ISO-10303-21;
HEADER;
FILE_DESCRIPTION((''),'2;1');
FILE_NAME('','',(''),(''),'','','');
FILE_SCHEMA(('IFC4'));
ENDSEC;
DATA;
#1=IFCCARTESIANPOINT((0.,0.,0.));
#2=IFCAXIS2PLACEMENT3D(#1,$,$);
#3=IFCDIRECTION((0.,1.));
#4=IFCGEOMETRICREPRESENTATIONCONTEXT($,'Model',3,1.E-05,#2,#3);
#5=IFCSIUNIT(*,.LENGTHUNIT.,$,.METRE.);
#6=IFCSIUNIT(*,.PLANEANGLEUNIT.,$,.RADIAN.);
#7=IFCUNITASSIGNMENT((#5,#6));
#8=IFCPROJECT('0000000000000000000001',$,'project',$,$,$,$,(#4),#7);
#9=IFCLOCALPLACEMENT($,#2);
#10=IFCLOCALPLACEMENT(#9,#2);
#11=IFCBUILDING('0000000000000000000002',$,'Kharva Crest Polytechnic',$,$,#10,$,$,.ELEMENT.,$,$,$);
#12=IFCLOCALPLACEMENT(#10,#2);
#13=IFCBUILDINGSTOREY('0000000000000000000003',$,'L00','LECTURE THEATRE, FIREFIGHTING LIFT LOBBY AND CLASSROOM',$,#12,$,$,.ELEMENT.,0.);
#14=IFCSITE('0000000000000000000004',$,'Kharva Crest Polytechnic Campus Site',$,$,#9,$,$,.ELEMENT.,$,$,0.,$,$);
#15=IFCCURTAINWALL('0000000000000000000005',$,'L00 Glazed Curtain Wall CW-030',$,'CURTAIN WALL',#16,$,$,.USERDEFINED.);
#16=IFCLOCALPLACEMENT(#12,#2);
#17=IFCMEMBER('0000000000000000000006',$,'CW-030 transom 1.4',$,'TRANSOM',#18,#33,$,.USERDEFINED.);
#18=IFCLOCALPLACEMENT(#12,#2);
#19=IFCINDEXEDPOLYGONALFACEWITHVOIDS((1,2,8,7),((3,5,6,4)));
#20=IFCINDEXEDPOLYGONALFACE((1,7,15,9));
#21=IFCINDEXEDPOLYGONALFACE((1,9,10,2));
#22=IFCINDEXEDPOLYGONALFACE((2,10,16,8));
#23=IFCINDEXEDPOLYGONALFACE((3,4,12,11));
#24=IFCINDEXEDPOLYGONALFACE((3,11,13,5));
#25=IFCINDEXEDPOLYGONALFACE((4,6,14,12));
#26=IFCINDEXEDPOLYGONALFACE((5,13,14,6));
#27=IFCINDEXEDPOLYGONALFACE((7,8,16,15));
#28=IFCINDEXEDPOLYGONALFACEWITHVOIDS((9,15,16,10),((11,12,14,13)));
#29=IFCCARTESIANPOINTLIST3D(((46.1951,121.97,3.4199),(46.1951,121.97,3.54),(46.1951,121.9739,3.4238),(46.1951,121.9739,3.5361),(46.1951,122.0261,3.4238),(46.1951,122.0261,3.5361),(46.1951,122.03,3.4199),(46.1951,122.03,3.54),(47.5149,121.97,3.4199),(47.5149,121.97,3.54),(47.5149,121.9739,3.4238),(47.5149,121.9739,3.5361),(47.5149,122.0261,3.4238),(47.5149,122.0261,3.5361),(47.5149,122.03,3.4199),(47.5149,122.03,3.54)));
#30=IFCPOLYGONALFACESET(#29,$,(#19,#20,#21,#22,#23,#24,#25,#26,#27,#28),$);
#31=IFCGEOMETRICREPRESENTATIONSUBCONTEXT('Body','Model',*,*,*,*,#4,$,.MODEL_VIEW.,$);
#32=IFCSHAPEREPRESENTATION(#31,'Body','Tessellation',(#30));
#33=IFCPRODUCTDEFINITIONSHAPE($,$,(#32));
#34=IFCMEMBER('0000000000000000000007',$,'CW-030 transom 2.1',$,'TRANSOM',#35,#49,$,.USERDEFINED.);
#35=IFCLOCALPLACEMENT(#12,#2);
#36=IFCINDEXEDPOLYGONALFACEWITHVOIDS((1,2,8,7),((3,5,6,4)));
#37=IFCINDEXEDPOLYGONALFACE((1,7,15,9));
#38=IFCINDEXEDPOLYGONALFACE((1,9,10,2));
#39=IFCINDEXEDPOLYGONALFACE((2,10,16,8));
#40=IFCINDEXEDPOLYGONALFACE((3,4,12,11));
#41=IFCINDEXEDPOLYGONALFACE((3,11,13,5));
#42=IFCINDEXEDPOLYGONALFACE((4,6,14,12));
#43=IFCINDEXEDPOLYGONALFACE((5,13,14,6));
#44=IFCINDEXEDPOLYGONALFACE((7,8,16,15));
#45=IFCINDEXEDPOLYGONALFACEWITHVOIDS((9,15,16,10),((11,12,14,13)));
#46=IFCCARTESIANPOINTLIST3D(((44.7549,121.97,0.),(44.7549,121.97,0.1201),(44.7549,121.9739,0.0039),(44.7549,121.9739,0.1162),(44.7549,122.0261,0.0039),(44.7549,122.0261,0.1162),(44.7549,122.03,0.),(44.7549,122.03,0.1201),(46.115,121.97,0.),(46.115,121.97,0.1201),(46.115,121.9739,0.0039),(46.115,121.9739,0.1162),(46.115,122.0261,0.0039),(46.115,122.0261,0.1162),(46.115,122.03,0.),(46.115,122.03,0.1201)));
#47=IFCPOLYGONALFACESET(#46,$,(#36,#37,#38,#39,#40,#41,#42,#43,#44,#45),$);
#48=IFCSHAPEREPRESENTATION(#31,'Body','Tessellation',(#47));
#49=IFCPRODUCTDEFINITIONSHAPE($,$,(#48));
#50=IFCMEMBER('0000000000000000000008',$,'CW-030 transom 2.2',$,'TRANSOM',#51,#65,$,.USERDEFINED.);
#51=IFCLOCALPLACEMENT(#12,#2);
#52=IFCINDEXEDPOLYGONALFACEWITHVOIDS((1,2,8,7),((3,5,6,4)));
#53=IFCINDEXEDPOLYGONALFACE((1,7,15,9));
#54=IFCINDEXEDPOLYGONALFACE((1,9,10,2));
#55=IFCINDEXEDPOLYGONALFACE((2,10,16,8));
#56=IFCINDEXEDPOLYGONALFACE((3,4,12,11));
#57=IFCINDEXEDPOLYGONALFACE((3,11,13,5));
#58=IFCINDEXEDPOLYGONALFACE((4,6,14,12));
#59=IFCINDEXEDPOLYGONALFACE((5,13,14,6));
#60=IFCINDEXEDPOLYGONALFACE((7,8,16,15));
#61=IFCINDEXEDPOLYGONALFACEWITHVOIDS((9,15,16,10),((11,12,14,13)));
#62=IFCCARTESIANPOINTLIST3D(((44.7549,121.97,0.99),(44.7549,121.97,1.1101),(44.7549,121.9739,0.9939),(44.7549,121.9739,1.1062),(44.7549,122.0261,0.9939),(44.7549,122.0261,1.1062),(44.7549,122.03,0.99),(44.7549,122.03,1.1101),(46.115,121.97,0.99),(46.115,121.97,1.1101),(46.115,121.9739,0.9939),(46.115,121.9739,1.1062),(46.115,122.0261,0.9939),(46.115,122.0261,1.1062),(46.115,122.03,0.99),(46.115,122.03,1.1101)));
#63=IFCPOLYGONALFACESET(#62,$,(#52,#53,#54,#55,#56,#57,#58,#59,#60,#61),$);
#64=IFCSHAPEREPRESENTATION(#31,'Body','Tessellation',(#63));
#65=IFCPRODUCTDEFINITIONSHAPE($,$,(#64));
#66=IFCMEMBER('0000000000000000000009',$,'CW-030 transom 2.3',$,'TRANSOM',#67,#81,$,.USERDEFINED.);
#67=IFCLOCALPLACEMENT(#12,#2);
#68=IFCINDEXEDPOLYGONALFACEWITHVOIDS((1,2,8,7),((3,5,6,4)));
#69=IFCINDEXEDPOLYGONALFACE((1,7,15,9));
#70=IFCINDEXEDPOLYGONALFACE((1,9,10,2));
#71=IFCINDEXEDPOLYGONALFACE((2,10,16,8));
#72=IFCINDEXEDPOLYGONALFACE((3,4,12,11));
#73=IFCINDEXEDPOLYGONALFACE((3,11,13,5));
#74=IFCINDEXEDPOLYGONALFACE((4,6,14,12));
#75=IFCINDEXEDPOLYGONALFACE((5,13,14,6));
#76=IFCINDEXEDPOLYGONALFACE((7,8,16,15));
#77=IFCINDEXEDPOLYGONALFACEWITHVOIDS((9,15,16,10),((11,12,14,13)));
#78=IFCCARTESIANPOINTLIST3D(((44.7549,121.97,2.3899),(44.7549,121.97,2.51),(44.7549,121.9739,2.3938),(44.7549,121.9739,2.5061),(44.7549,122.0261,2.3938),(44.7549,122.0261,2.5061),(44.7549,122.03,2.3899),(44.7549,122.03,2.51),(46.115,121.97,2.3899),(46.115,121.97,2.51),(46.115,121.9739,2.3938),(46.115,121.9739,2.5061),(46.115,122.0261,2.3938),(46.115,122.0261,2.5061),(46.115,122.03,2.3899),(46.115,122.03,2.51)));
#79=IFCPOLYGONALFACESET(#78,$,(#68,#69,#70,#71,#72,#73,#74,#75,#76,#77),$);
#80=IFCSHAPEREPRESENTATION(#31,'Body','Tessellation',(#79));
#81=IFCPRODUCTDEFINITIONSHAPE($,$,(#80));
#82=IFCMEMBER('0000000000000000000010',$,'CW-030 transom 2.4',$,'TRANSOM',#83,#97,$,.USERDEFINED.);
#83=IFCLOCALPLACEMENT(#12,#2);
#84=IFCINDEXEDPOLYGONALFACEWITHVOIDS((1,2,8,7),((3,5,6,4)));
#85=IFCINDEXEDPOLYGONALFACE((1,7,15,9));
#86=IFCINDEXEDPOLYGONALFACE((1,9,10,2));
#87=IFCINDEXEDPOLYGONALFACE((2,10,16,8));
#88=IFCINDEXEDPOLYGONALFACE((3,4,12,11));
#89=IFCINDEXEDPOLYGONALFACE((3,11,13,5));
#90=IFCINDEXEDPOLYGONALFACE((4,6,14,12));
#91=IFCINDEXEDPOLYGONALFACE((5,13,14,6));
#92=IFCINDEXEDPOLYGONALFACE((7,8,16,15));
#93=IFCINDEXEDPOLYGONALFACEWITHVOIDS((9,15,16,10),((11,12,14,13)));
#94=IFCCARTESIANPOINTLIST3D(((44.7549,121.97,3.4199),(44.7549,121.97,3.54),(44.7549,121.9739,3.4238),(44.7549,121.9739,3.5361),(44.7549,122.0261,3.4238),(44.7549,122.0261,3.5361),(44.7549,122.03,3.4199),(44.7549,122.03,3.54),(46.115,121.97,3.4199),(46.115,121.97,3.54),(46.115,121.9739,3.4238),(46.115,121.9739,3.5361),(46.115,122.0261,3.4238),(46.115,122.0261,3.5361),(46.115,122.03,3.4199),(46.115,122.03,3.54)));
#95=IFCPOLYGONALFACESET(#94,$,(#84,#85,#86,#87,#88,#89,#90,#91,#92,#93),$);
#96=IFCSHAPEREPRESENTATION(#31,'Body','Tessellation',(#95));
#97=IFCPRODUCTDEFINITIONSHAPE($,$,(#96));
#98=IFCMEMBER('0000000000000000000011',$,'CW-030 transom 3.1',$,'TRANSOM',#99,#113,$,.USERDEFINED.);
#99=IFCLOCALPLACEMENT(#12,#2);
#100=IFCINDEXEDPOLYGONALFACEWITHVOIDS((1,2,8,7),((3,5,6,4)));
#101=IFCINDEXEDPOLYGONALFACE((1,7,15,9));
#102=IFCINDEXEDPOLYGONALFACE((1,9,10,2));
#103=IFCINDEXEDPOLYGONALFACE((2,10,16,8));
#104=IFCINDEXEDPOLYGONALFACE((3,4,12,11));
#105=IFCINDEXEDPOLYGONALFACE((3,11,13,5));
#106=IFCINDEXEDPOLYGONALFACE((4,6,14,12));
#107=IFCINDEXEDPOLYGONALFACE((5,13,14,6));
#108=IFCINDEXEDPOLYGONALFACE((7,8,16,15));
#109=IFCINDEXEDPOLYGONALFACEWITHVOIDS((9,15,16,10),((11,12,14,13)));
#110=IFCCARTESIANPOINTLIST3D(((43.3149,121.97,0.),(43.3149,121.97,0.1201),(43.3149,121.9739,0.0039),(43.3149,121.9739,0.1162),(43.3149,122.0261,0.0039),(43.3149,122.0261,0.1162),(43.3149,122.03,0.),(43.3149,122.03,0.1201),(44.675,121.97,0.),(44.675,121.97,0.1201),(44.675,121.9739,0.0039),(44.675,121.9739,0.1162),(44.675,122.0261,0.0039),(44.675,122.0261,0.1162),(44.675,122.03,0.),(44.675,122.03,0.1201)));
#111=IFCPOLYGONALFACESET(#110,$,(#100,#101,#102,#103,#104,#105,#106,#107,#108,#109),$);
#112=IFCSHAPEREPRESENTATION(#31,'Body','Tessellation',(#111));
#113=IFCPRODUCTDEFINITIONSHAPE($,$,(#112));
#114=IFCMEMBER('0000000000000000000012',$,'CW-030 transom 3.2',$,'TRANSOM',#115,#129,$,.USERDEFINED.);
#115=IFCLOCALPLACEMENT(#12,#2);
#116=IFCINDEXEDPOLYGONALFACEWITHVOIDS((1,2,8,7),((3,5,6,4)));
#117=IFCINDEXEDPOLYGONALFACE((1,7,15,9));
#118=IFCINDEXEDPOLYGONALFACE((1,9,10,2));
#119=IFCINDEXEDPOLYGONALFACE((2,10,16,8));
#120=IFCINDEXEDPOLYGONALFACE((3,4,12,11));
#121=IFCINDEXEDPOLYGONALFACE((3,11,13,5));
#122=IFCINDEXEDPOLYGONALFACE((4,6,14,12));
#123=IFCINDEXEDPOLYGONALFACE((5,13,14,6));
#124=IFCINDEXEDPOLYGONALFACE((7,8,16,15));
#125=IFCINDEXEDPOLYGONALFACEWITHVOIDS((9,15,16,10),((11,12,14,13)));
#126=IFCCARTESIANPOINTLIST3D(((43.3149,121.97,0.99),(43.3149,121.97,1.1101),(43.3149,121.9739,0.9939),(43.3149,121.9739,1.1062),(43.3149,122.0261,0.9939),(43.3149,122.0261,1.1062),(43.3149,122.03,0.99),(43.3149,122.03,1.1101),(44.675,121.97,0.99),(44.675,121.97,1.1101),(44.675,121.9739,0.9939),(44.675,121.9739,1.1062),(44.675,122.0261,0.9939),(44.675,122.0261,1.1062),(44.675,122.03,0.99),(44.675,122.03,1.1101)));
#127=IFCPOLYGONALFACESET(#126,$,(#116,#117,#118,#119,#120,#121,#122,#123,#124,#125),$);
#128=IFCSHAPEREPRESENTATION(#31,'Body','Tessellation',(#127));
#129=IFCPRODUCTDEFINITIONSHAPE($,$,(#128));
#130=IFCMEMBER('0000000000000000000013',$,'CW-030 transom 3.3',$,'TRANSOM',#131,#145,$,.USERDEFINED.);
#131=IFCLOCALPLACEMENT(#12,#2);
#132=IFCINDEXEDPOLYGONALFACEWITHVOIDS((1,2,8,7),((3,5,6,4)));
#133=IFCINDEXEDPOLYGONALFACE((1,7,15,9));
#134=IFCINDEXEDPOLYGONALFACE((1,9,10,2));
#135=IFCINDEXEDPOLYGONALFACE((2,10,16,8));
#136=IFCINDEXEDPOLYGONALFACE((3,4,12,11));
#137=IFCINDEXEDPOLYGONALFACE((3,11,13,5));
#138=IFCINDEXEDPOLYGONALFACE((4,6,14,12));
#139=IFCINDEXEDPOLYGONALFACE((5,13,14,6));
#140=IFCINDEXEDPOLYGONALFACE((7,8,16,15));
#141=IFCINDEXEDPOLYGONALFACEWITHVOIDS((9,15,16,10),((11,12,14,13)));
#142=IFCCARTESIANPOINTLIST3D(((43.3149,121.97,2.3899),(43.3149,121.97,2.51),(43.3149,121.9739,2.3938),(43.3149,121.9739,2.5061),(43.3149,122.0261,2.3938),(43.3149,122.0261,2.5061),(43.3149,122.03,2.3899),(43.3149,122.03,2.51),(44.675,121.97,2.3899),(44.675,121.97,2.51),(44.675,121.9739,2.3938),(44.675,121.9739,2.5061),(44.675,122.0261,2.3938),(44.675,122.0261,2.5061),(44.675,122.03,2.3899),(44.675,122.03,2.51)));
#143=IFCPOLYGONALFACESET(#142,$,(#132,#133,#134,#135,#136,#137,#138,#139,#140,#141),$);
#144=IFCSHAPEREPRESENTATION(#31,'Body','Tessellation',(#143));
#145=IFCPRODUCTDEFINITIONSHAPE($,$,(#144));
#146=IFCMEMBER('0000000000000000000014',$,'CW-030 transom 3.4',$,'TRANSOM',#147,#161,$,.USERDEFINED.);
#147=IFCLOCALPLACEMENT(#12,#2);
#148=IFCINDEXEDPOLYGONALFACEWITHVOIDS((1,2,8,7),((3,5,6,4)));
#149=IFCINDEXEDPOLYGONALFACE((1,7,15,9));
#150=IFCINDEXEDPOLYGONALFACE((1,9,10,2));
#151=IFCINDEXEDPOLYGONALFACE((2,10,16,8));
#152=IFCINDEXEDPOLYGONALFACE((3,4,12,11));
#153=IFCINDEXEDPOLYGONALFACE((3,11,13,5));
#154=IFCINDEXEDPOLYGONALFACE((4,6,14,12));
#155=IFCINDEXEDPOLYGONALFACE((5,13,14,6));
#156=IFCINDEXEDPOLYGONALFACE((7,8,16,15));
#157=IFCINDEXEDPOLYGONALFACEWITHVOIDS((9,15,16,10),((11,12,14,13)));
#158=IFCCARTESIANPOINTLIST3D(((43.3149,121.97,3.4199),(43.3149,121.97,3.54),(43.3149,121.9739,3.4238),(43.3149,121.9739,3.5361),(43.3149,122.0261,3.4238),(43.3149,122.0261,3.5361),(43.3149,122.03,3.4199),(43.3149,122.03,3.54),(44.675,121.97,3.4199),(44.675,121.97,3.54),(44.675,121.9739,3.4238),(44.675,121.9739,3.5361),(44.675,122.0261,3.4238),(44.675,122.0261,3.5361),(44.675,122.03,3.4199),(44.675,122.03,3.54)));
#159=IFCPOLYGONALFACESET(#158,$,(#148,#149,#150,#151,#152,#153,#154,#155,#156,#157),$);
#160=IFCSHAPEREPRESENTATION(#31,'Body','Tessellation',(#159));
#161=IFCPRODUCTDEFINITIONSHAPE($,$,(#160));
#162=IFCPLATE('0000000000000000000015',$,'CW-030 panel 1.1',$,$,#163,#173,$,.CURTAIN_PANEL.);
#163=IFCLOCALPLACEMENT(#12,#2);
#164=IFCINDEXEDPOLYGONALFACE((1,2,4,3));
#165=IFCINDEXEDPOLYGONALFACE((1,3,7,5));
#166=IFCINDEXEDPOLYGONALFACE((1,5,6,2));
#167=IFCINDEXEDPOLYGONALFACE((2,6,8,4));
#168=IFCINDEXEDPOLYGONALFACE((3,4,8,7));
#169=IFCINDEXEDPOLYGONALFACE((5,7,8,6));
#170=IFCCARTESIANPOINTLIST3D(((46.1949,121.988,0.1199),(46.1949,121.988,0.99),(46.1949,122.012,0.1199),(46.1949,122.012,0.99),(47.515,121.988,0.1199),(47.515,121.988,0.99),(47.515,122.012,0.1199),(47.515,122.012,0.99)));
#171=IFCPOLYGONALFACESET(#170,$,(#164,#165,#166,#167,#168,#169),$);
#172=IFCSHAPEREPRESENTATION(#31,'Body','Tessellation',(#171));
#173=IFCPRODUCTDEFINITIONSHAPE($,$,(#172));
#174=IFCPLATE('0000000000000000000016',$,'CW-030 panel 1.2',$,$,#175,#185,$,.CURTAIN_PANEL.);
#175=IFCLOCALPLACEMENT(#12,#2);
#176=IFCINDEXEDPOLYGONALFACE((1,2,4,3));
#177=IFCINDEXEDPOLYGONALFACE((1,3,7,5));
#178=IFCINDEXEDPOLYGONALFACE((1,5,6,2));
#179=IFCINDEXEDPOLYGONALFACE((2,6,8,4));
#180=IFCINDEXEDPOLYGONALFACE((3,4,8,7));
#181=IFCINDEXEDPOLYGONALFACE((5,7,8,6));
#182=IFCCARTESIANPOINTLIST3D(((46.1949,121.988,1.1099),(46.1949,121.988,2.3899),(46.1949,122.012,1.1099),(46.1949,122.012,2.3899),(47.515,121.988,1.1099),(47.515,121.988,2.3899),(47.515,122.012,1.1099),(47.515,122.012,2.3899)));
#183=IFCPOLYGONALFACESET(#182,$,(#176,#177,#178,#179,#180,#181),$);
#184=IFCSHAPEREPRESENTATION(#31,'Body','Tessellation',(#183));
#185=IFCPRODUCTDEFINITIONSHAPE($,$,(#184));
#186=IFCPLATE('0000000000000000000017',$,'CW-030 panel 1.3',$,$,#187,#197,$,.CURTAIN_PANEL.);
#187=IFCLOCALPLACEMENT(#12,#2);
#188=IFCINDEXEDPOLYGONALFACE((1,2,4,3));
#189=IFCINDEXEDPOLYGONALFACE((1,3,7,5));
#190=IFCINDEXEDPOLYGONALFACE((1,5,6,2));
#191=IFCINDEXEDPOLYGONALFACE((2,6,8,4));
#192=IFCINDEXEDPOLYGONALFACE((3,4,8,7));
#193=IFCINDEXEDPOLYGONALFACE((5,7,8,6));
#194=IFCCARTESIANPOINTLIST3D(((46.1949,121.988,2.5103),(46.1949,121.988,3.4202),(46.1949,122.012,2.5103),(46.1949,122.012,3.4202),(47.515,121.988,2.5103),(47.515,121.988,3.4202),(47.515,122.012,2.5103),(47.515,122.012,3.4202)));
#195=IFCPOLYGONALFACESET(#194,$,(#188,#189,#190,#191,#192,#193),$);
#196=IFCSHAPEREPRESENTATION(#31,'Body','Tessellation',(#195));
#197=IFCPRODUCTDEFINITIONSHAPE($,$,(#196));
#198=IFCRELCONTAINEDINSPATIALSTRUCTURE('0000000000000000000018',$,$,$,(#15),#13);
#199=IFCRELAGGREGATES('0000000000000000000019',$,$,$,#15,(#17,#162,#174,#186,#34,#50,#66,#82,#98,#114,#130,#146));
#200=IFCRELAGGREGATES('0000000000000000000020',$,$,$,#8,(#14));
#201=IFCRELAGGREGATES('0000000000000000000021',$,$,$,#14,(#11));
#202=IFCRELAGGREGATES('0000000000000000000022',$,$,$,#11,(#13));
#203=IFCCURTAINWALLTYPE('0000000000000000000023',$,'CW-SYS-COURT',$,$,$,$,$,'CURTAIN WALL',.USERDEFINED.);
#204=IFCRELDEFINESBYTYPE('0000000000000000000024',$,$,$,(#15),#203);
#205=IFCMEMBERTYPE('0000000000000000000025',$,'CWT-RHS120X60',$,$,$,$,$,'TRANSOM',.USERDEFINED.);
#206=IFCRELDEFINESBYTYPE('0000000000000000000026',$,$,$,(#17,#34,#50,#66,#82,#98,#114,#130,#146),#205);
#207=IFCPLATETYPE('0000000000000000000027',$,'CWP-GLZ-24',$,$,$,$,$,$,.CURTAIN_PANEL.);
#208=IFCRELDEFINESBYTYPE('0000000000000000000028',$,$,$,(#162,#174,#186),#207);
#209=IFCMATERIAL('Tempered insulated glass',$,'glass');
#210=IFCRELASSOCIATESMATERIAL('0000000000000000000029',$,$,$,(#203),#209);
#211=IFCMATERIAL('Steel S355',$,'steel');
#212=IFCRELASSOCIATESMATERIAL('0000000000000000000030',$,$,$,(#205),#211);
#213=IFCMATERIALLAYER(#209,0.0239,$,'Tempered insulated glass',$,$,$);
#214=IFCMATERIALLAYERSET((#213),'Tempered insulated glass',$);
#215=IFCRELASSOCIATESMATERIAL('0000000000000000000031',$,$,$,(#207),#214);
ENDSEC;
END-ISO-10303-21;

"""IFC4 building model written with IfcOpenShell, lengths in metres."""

from ifc_helpers import new_model, si_unit, direction, frame, origin, origin_2d, place, context, subcontext, project, spatial, rectangle, hollow_rectangle, extrude, material, layer, layer_set, material_profile, profile_set, type_object, element, aggregate, save


model = new_model("IFC4")

# Units and contexts
model_context = context("Model", 3, precision=1e-05, world=origin(), true_north=direction((0.0, 1.0)))
body_context = subcontext(model_context, "Body", "Model", "MODEL_VIEW")
ifc_project = project(units=[si_unit("LENGTHUNIT", "METRE"), si_unit("PLANEANGLEUNIT", "RADIAN")], contexts=[model_context])

# Site, building, storey
site_placement = place(None, origin())
site = spatial("IfcSite", under=ifc_project, at=site_placement, Name="Kharva Crest Polytechnic Campus Site", CompositionType="ELEMENT", RefElevation=0.0)
building_placement = place(site_placement, origin())
building = spatial("IfcBuilding", under=site, at=building_placement, Name="Kharva Crest Polytechnic", CompositionType="ELEMENT")
storey_placement = place(building_placement, origin())
storey = spatial("IfcBuildingStorey", under=building, at=storey_placement, Name="L00", Description="LECTURE THEATRE, FIREFIGHTING LIFT LOBBY AND CLASSROOM", CompositionType="ELEMENT", Elevation=0.0)

# Curtain wall, members, plates
ifc_material_1 = material(Name="Tempered insulated glass", Category="glass")
curtain_wall_type = type_object("IfcCurtainWallType", Name="CW-SYS-COURT", ElementType="CURTAIN WALL", PredefinedType="USERDEFINED", material=ifc_material_1)
curtain_wall_placement = place(storey_placement, origin())
curtain_wall = element("IfcCurtainWall", 1, at=curtain_wall_placement, inside=storey, type_object=curtain_wall_type, Name="L00 Glazed Curtain Wall CW-030", ObjectType="CURTAIN WALL", PredefinedType="USERDEFINED")
ifc_material_2 = material(Name="Steel S355", Category="steel")
ifc_material_profile_1 = material_profile(ifc_material_2, hollow_rectangle(XDim=0.0601, YDim=0.1201, WallThickness=0.0039, at=origin_2d()), Name="RHS 120X60X4.0")
ifc_profile_set_1 = profile_set([ifc_material_profile_1], Name="Steel S355")
member_type_1 = type_object("IfcMemberType", Name="CWT-RHS120X60", ElementType="TRANSOM", PredefinedType="USERDEFINED", material=ifc_profile_set_1)
member_1_placement = place(storey_placement, frame((47.5149, 122.0, 3.48), z_axis=(-1.0, 0.0, 0.0), x_axis=(0.0, -1.0, 0.0)))
member_1 = element("IfcMember", 2, at=member_1_placement, type_object=member_type_1, Name="CW-030 transom 1.4", ObjectType="TRANSOM", PredefinedType="USERDEFINED", context=body_context, shape_type="SweptSolid", body=[
    extrude(hollow_rectangle(XDim=0.0601, YDim=0.1201, WallThickness=0.0039, at=origin_2d()), origin(), (0.0, 0.0, 1.0), 1.3198),
])
member_2_placement = place(storey_placement, frame((46.115, 122.0, 0.0601), z_axis=(-1.0, 0.0, 0.0), x_axis=(0.0, -1.0, 0.0)))
member_2 = element("IfcMember", 3, at=member_2_placement, type_object=member_type_1, Name="CW-030 transom 2.1", ObjectType="TRANSOM", PredefinedType="USERDEFINED", context=body_context, shape_type="SweptSolid", body=[
    extrude(hollow_rectangle(XDim=0.0601, YDim=0.1201, WallThickness=0.0039, at=origin_2d()), origin(), (0.0, 0.0, 1.0), 1.3601),
])
member_3_placement = place(storey_placement, frame((46.115, 122.0, 1.05), z_axis=(-1.0, 0.0, 0.0), x_axis=(0.0, -1.0, 0.0)))
member_3 = element("IfcMember", 4, at=member_3_placement, type_object=member_type_1, Name="CW-030 transom 2.2", ObjectType="TRANSOM", PredefinedType="USERDEFINED", context=body_context, shape_type="SweptSolid", body=[
    extrude(hollow_rectangle(XDim=0.0601, YDim=0.1201, WallThickness=0.0039, at=origin_2d()), origin(), (0.0, 0.0, 1.0), 1.3601),
])
member_4_placement = place(storey_placement, frame((46.115, 122.0, 2.45), z_axis=(-1.0, 0.0, 0.0), x_axis=(0.0, -1.0, 0.0)))
member_4 = element("IfcMember", 5, at=member_4_placement, type_object=member_type_1, Name="CW-030 transom 2.3", ObjectType="TRANSOM", PredefinedType="USERDEFINED", context=body_context, shape_type="SweptSolid", body=[
    extrude(hollow_rectangle(XDim=0.0601, YDim=0.1201, WallThickness=0.0039, at=origin_2d()), origin(), (0.0, 0.0, 1.0), 1.3601),
])
member_5_placement = place(storey_placement, frame((46.115, 122.0, 3.48), z_axis=(-1.0, 0.0, 0.0), x_axis=(0.0, -1.0, 0.0)))
member_5 = element("IfcMember", 6, at=member_5_placement, type_object=member_type_1, Name="CW-030 transom 2.4", ObjectType="TRANSOM", PredefinedType="USERDEFINED", context=body_context, shape_type="SweptSolid", body=[
    extrude(hollow_rectangle(XDim=0.0601, YDim=0.1201, WallThickness=0.0039, at=origin_2d()), origin(), (0.0, 0.0, 1.0), 1.3601),
])
member_6_placement = place(storey_placement, frame((44.675, 122.0, 0.0601), z_axis=(-1.0, 0.0, 0.0), x_axis=(0.0, -1.0, 0.0)))
member_6 = element("IfcMember", 7, at=member_6_placement, type_object=member_type_1, Name="CW-030 transom 3.1", ObjectType="TRANSOM", PredefinedType="USERDEFINED", context=body_context, shape_type="SweptSolid", body=[
    extrude(hollow_rectangle(XDim=0.0601, YDim=0.1201, WallThickness=0.0039, at=origin_2d()), origin(), (0.0, 0.0, 1.0), 1.3601),
])
member_7_placement = place(storey_placement, frame((44.675, 122.0, 1.05), z_axis=(-1.0, 0.0, 0.0), x_axis=(0.0, -1.0, 0.0)))
member_7 = element("IfcMember", 8, at=member_7_placement, type_object=member_type_1, Name="CW-030 transom 3.2", ObjectType="TRANSOM", PredefinedType="USERDEFINED", context=body_context, shape_type="SweptSolid", body=[
    extrude(hollow_rectangle(XDim=0.0601, YDim=0.1201, WallThickness=0.0039, at=origin_2d()), origin(), (0.0, 0.0, 1.0), 1.3601),
])
member_8_placement = place(storey_placement, frame((44.675, 122.0, 2.45), z_axis=(-1.0, 0.0, 0.0), x_axis=(0.0, -1.0, 0.0)))
member_8 = element("IfcMember", 9, at=member_8_placement, type_object=member_type_1, Name="CW-030 transom 3.3", ObjectType="TRANSOM", PredefinedType="USERDEFINED", context=body_context, shape_type="SweptSolid", body=[
    extrude(hollow_rectangle(XDim=0.0601, YDim=0.1201, WallThickness=0.0039, at=origin_2d()), origin(), (0.0, 0.0, 1.0), 1.3601),
])
member_9_placement = place(storey_placement, frame((44.675, 122.0, 3.48), z_axis=(-1.0, 0.0, 0.0), x_axis=(0.0, -1.0, 0.0)))
member_9 = element("IfcMember", 10, at=member_9_placement, type_object=member_type_1, Name="CW-030 transom 3.4", ObjectType="TRANSOM", PredefinedType="USERDEFINED", context=body_context, shape_type="SweptSolid", body=[
    extrude(hollow_rectangle(XDim=0.0601, YDim=0.1201, WallThickness=0.0039, at=origin_2d()), origin(), (0.0, 0.0, 1.0), 1.3601),
])
ifc_layer_1 = layer(ifc_material_1, 0.0239, Name="Tempered insulated glass")
ifc_layer_set_1 = layer_set([ifc_layer_1], Name="Tempered insulated glass")
plate_type = type_object("IfcPlateType", Name="CWP-GLZ-24", PredefinedType="CURTAIN_PANEL", material=ifc_layer_set_1)
plate_1_placement = place(storey_placement, frame((46.855, 122.0, 0.1199), z_axis=(0.0, 0.0, 1.0), x_axis=(-1.0, 0.0, 0.0)))
plate_1 = element("IfcPlate", 11, at=plate_1_placement, type_object=plate_type, Name="CW-030 panel 1.1", PredefinedType="CURTAIN_PANEL", context=body_context, shape_type="SweptSolid", body=[
    extrude(rectangle(XDim=1.3201, YDim=0.0239, at=origin_2d()), origin(), (0.0, 0.0, 1.0), 0.8701),
])
plate_2_placement = place(storey_placement, frame((46.855, 122.0, 1.1099), z_axis=(0.0, 0.0, 1.0), x_axis=(-1.0, 0.0, 0.0)))
plate_2 = element("IfcPlate", 12, at=plate_2_placement, type_object=plate_type, Name="CW-030 panel 1.2", PredefinedType="CURTAIN_PANEL", context=body_context, shape_type="SweptSolid", body=[
    extrude(rectangle(XDim=1.3201, YDim=0.0239, at=origin_2d()), origin(), (0.0, 0.0, 1.0), 1.28),
])
plate_3_placement = place(storey_placement, frame((46.855, 122.0, 2.5103), z_axis=(0.0, 0.0, 1.0), x_axis=(-1.0, 0.0, 0.0)))
plate_3 = element("IfcPlate", 13, at=plate_3_placement, type_object=plate_type, Name="CW-030 panel 1.3", PredefinedType="CURTAIN_PANEL", context=body_context, shape_type="SweptSolid", body=[
    extrude(rectangle(XDim=1.3201, YDim=0.0239, at=origin_2d()), origin(), (0.0, 0.0, 1.0), 0.9099),
])
aggregate(curtain_wall, [member_1, plate_1, plate_2, plate_3, member_2, member_3, member_4, member_5, member_6, member_7, member_8, member_9])

save(model, "model.ifc")
